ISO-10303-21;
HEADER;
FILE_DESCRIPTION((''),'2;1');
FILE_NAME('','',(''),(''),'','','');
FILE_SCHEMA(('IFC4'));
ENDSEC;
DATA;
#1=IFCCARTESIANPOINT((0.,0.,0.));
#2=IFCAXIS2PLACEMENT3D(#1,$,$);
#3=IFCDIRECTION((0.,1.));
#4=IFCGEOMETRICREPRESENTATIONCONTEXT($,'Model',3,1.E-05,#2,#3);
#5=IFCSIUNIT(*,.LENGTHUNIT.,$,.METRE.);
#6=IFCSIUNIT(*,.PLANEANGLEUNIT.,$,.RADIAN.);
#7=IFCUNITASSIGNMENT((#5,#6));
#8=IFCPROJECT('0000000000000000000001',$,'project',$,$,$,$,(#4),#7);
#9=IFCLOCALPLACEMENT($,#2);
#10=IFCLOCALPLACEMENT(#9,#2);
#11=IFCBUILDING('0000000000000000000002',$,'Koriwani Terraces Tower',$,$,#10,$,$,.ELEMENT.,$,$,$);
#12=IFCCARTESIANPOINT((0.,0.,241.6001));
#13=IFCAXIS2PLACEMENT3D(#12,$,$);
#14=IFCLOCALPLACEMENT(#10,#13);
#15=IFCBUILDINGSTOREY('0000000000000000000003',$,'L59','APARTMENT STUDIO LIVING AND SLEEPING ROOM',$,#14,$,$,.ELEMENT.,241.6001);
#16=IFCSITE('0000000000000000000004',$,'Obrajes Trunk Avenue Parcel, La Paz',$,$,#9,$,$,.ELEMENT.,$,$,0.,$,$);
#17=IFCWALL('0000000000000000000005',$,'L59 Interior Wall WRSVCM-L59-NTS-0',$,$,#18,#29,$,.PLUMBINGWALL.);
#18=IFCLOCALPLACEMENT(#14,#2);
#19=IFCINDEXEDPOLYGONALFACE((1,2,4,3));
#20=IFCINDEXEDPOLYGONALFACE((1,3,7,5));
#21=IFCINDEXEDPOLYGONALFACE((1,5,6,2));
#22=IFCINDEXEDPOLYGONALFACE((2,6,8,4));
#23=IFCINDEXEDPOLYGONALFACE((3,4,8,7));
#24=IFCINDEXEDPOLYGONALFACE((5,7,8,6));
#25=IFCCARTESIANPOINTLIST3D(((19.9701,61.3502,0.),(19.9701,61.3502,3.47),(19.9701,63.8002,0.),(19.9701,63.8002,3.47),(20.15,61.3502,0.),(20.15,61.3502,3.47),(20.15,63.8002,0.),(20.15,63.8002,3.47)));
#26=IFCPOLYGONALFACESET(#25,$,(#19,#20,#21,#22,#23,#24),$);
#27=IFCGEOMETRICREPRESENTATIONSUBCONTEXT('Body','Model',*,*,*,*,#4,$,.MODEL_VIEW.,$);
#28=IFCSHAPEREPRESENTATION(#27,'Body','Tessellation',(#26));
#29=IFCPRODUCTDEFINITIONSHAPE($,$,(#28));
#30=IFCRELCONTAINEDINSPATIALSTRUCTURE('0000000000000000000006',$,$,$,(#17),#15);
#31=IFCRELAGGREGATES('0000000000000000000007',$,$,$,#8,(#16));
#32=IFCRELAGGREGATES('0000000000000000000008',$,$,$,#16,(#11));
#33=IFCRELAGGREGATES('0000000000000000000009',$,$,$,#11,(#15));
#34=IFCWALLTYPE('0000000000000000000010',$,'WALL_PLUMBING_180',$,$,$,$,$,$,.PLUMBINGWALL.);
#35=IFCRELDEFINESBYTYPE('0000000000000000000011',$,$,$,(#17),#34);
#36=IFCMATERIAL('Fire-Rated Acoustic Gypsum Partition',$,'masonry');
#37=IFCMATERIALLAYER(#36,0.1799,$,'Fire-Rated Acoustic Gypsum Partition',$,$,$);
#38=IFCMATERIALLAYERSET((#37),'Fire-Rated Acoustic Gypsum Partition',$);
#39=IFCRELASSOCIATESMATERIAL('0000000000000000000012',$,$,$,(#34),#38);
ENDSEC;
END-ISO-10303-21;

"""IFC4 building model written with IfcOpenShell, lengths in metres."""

from ifc_helpers import new_model, si_unit, direction, frame, frame_2d, origin, place, context, subcontext, project, spatial, rectangle, extrude, material, layer, layer_set, type_object, element, save


model = new_model("IFC4")

# Units and contexts
model_context = context("Model", 3, precision=1e-05, world=origin(), true_north=direction((0.0, 1.0)))
body_context = subcontext(model_context, "Body", "Model", "MODEL_VIEW")
ifc_project = project(units=[si_unit("LENGTHUNIT", "METRE"), si_unit("PLANEANGLEUNIT", "RADIAN")], contexts=[model_context])

# Site, building, storey
site_placement = place(None, origin())
site = spatial("IfcSite", under=ifc_project, at=site_placement, Name="Obrajes Trunk Avenue Parcel, La Paz", CompositionType="ELEMENT", RefElevation=0.0)
building_placement = place(site_placement, origin())
building = spatial("IfcBuilding", under=site, at=building_placement, Name="Koriwani Terraces Tower", CompositionType="ELEMENT")
storey_placement = place(building_placement, frame((0.0, 0.0, 241.6001)))
storey = spatial("IfcBuildingStorey", under=building, at=storey_placement, Name="L59", Description="APARTMENT STUDIO LIVING AND SLEEPING ROOM", CompositionType="ELEMENT", Elevation=241.6001)

# Shared definitions
ifc_material_1 = material(Name="Fire-Rated Acoustic Gypsum Partition", Category="masonry")
ifc_layer_1 = layer(ifc_material_1, 0.1799, Name="Fire-Rated Acoustic Gypsum Partition")
ifc_layer_set_1 = layer_set([ifc_layer_1], Name="Fire-Rated Acoustic Gypsum Partition")
wall_type_1 = type_object("IfcWallType", Name="WALL_PLUMBING_180", PredefinedType="PLUMBINGWALL", material=ifc_layer_set_1)

# Wall
for number, where, z_axis, x_axis, name in (
    (1, (20.0601, 61.3501, 0.0), (0.0, 0.0, 1.0), (0.0, 1.0, 0.0), "L59 Interior Wall WRSVCM-L59-NTS-0"),
):
    element("IfcWall", number, at=place(storey_placement, frame(where, z_axis=z_axis, x_axis=x_axis)), inside=storey, type_object=wall_type_1, Name=name, PredefinedType="PLUMBINGWALL", context=body_context, shape_type="SweptSolid", body=[
        extrude(rectangle(XDim=2.45, YDim=0.1799, at=frame_2d((1.2251, 0.0))), origin(), (0.0, 0.0, 1.0), 3.47),
    ])

save(model, "model.ifc")
